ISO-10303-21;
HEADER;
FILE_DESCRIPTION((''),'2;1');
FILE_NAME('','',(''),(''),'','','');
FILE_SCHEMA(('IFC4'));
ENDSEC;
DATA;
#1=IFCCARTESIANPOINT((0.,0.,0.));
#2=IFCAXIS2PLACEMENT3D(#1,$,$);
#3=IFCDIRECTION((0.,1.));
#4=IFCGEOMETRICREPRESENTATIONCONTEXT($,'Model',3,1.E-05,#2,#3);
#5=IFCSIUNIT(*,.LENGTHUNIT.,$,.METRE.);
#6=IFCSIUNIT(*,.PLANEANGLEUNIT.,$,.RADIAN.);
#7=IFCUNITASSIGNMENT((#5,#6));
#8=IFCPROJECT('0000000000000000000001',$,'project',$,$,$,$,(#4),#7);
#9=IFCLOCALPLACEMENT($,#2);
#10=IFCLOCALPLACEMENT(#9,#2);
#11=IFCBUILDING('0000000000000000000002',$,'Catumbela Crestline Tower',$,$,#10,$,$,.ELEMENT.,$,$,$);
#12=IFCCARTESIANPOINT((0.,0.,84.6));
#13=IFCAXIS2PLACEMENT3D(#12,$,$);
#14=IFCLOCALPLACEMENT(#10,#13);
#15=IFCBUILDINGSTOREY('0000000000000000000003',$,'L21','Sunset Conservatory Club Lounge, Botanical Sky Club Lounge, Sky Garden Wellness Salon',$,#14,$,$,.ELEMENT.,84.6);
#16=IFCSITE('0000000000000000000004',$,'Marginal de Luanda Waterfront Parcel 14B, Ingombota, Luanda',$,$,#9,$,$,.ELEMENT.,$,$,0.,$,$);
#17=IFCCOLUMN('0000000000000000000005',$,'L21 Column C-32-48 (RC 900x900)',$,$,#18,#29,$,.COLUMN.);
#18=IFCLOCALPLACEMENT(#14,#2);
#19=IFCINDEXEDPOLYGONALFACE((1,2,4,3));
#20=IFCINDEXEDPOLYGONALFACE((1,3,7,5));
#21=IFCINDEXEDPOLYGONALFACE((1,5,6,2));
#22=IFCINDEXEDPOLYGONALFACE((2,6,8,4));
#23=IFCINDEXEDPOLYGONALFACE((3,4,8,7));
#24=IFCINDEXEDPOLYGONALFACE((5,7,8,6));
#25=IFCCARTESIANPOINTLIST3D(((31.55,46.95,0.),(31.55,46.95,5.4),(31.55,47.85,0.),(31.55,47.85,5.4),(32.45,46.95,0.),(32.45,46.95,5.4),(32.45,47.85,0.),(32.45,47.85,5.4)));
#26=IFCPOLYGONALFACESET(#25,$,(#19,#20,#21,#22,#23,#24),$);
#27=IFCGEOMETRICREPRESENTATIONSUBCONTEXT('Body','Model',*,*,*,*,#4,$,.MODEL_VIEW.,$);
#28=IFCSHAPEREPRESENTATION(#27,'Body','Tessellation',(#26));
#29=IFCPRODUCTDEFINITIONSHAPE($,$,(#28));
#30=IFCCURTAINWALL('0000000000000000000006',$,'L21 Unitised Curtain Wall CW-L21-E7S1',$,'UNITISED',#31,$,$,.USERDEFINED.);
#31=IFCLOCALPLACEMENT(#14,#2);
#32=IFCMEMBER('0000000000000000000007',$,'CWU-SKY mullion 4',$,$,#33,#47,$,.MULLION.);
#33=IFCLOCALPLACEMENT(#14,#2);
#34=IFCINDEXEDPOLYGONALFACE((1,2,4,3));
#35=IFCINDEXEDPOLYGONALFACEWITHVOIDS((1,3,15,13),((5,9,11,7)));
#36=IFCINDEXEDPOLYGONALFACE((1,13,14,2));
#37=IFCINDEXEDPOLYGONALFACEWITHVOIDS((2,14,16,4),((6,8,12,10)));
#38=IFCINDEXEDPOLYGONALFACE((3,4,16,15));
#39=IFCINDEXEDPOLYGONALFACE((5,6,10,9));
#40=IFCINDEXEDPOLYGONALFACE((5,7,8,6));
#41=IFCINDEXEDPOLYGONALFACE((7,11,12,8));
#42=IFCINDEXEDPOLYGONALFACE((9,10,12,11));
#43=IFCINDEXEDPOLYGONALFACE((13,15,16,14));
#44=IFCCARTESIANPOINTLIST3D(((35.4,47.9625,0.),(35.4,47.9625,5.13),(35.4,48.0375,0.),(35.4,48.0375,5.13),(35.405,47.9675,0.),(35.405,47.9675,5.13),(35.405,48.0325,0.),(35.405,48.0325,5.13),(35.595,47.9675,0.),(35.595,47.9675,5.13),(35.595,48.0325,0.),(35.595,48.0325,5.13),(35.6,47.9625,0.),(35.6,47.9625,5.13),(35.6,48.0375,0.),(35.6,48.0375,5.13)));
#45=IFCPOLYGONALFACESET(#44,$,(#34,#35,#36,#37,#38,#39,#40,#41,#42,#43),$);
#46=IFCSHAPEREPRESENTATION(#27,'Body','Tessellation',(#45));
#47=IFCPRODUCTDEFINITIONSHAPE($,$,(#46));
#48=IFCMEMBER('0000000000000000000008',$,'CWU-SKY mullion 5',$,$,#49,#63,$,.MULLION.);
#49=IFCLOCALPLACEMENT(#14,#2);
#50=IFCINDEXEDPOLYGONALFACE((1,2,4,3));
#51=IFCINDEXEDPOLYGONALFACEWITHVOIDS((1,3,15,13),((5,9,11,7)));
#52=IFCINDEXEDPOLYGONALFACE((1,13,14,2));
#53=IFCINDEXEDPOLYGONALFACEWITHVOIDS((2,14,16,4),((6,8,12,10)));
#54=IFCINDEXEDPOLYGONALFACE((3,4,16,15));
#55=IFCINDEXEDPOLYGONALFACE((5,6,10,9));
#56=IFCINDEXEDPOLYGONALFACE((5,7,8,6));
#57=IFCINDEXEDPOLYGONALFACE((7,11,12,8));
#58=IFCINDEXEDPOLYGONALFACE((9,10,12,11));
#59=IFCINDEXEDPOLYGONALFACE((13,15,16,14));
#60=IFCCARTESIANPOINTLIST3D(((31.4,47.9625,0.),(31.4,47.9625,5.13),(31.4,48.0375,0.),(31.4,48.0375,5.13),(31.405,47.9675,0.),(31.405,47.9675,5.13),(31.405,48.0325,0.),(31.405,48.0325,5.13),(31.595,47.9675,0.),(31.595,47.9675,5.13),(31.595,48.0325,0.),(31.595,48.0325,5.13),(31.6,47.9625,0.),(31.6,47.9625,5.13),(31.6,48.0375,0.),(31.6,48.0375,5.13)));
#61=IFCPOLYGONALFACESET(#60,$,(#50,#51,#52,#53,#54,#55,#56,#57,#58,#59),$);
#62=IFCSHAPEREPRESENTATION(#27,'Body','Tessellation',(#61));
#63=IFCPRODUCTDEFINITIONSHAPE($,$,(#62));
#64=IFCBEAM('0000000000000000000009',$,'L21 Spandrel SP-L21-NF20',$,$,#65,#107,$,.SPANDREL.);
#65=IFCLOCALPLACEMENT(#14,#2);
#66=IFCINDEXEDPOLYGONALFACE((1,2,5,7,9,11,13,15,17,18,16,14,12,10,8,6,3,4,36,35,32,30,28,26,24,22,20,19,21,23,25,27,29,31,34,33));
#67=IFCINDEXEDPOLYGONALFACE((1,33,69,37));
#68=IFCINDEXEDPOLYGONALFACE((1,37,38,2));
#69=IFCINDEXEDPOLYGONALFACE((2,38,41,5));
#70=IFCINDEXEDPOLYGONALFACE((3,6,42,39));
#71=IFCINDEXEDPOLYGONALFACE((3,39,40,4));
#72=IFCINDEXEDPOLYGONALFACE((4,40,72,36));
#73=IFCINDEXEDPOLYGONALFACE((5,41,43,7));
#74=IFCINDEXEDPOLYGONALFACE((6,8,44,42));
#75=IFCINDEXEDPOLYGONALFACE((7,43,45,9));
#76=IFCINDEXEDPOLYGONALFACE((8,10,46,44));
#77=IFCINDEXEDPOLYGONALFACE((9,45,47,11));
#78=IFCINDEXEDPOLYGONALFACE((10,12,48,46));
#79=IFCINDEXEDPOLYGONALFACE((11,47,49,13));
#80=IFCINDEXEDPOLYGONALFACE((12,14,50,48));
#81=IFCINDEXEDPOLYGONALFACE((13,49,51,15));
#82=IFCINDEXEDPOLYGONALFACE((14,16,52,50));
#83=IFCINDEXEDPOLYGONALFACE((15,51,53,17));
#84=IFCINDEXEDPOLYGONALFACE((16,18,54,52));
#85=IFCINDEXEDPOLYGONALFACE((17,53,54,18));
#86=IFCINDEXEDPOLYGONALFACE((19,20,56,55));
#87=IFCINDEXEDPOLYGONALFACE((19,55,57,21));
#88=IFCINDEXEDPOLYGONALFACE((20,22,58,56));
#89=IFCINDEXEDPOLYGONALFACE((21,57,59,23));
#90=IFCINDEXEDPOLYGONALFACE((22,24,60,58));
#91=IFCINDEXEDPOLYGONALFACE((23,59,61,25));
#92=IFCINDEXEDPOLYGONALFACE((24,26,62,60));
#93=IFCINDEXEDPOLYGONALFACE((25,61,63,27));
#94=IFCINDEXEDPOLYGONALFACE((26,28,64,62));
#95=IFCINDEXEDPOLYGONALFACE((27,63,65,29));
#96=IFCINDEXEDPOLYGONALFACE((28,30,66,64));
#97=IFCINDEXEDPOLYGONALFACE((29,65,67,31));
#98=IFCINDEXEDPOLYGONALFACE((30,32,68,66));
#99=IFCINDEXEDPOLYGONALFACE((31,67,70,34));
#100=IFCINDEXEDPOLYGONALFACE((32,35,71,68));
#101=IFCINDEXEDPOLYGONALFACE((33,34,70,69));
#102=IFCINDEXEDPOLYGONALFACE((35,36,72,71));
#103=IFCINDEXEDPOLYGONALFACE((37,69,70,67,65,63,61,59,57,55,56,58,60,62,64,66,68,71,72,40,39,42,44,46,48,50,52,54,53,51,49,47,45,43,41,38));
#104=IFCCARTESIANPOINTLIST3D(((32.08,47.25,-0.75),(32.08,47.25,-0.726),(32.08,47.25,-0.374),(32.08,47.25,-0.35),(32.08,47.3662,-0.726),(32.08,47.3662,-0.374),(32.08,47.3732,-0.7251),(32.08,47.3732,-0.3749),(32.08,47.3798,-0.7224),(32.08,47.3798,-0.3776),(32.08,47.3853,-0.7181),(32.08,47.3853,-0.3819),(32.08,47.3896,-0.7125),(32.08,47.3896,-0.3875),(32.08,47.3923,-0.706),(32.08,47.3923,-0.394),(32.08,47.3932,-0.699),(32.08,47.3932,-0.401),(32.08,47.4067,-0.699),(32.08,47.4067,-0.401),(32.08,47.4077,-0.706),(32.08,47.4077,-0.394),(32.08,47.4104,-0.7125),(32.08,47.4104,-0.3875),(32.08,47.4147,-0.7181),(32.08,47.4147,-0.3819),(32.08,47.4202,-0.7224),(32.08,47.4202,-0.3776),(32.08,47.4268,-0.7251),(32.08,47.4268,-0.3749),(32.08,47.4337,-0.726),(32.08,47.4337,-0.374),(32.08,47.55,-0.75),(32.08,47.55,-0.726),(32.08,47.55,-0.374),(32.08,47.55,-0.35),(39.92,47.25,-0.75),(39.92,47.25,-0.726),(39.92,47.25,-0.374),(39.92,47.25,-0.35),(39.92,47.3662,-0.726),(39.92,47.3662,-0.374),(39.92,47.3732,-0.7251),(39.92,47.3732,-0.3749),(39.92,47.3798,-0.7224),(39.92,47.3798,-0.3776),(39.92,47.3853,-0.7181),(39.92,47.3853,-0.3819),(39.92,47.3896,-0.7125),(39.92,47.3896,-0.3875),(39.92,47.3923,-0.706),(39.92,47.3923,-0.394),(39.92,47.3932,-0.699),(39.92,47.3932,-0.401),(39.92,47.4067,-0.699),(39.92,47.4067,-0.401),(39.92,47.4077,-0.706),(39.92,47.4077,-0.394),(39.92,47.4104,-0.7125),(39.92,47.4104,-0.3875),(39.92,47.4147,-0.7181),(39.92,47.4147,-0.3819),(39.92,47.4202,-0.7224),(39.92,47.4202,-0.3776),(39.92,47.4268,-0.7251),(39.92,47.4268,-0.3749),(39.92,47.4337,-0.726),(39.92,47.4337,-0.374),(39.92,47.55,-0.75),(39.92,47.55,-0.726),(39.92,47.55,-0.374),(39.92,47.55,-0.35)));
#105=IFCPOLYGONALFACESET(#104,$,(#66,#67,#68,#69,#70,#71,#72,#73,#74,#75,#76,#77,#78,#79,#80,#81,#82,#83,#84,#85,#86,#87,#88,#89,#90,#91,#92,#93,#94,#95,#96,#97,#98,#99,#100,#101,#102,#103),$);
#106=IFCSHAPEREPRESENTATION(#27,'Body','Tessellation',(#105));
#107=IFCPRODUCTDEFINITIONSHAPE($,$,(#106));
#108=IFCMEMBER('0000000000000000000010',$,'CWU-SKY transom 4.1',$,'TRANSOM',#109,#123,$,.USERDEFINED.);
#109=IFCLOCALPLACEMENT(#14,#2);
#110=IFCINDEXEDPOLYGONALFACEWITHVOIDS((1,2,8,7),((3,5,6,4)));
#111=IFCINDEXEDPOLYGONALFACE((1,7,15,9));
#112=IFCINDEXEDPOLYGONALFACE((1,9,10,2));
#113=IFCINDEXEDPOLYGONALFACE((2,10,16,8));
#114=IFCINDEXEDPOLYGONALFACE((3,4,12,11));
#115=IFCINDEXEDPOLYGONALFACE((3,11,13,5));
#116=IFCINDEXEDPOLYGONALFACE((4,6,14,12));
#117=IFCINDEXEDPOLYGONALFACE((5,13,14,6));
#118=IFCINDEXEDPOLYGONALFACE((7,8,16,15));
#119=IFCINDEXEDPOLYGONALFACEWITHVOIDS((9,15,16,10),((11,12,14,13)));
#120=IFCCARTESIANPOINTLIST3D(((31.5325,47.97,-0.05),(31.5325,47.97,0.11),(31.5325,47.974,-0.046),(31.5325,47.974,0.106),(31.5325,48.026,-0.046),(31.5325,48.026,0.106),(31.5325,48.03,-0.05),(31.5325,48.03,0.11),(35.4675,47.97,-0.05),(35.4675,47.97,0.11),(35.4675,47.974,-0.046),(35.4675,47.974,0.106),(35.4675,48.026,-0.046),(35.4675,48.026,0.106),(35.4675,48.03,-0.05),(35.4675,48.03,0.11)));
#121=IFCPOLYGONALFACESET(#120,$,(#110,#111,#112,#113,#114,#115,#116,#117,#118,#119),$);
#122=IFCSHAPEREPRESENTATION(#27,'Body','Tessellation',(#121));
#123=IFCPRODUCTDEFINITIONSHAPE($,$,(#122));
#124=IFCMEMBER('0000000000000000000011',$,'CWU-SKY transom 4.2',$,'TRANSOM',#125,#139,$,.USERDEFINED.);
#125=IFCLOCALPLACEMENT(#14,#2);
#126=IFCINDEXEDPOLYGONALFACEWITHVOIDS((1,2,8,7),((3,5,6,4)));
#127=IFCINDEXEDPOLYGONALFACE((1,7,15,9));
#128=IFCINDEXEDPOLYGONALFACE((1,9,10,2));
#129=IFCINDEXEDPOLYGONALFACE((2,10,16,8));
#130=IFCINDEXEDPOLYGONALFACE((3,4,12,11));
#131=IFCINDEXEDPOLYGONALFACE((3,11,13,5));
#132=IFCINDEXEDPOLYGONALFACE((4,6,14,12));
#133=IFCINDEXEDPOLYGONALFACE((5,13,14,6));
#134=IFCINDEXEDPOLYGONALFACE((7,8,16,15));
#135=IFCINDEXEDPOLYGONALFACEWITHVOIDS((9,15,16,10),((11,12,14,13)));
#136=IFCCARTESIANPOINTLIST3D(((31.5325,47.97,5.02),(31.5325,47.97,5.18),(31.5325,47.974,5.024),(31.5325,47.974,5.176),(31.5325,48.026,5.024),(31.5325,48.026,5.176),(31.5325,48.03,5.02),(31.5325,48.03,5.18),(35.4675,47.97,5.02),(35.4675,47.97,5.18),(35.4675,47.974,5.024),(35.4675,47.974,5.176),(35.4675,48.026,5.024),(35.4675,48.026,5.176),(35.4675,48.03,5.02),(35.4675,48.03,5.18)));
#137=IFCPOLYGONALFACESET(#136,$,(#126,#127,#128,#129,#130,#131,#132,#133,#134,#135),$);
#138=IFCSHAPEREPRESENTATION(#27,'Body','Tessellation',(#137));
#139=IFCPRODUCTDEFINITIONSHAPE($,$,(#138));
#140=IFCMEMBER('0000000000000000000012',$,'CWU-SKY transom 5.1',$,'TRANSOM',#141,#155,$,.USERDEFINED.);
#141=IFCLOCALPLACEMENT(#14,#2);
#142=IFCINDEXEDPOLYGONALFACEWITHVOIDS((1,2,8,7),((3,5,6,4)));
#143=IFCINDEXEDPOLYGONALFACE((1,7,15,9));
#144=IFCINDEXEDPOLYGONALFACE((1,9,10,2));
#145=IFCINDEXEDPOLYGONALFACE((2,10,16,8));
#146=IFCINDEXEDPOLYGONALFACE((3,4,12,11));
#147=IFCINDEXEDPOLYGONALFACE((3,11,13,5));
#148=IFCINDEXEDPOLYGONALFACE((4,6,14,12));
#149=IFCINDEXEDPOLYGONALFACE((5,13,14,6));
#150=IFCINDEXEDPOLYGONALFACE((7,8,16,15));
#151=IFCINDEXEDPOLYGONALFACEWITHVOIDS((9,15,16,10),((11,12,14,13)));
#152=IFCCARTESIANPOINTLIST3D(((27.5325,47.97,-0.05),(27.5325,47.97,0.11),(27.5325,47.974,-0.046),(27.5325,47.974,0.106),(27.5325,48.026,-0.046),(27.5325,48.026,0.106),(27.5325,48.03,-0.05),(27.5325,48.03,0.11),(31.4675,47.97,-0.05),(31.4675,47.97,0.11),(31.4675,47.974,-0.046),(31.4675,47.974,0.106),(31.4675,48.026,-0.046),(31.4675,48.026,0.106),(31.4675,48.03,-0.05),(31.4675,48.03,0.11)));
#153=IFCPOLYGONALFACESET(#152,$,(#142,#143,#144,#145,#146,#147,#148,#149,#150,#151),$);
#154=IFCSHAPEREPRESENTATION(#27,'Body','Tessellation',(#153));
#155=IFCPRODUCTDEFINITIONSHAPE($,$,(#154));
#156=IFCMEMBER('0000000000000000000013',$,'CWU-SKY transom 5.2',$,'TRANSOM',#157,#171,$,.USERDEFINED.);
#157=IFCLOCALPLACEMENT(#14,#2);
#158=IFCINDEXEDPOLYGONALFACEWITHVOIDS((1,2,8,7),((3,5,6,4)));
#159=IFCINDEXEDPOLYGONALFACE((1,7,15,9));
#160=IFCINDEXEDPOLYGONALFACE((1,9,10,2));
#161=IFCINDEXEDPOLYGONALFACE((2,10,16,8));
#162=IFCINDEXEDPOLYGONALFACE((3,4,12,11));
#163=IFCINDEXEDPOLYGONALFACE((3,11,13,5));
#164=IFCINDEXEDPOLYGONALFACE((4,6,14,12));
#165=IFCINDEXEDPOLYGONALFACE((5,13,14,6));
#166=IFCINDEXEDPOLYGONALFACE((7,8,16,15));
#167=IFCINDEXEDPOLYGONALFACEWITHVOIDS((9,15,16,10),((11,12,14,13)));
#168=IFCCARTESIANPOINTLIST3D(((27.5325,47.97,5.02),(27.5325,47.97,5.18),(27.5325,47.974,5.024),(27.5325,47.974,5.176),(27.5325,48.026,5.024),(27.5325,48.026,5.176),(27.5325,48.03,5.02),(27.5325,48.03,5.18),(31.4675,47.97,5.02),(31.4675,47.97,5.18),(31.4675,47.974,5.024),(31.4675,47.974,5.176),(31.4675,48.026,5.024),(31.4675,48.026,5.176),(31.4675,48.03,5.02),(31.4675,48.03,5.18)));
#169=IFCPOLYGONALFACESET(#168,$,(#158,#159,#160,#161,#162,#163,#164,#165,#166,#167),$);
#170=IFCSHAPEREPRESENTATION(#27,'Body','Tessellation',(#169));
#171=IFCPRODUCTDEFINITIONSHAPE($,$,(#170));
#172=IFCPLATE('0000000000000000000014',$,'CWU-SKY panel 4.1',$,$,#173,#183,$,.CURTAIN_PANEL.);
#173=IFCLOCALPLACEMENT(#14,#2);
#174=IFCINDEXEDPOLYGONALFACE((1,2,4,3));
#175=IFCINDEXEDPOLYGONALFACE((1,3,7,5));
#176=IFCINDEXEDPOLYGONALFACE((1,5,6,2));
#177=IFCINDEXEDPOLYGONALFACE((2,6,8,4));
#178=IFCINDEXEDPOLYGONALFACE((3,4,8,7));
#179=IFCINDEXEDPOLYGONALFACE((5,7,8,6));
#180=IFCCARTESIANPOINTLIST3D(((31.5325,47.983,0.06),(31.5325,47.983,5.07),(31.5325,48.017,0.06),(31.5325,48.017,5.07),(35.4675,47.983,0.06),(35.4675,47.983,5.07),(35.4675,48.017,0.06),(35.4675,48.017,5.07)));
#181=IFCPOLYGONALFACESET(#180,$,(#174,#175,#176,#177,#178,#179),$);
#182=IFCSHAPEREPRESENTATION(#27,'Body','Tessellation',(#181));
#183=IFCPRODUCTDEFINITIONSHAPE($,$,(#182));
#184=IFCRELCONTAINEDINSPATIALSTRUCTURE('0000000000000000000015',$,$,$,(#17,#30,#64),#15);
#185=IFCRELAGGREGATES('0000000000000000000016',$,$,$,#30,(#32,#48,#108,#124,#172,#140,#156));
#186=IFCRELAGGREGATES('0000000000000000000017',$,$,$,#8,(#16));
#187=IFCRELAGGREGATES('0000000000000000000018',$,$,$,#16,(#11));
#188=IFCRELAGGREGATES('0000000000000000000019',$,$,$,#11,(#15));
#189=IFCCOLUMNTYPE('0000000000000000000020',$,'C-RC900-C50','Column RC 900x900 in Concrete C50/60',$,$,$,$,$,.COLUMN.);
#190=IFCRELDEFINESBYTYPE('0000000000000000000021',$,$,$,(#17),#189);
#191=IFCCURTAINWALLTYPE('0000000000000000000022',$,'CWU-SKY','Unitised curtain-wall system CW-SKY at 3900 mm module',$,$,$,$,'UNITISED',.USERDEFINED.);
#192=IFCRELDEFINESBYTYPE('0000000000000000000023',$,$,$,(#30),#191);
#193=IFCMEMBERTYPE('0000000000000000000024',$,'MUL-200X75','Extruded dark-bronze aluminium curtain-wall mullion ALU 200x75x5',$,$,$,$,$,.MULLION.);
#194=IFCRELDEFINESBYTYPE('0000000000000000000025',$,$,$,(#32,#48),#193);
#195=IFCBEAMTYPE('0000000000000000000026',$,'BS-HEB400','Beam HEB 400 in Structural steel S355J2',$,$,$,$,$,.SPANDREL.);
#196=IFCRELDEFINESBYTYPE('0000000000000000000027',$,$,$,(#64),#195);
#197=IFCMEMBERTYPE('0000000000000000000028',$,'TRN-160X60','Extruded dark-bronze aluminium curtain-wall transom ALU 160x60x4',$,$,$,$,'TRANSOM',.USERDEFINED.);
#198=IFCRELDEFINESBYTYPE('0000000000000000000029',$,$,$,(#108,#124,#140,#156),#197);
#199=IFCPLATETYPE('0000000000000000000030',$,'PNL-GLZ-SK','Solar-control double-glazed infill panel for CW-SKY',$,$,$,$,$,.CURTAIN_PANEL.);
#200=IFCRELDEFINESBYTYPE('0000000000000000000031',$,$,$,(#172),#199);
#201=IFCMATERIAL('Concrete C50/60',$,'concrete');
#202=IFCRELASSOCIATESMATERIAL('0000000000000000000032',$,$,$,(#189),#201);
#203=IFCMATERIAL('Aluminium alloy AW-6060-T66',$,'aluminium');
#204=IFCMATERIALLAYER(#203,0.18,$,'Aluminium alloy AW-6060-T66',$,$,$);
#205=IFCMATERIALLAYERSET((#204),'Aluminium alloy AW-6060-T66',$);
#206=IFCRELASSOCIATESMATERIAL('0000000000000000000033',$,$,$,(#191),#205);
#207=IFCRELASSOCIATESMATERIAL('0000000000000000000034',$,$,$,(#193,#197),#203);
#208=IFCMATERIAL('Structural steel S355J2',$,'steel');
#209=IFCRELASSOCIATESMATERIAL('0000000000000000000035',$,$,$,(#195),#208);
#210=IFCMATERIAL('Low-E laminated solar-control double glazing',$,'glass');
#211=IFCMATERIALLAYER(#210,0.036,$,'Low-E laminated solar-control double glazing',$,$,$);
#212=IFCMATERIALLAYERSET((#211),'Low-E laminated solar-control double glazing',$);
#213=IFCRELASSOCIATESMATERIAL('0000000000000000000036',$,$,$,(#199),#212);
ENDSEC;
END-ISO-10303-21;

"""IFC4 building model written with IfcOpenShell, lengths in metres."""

from ifc_helpers import new_model, si_unit, direction, frame, origin, origin_2d, place, context, subcontext, project, spatial, rectangle, hollow_rectangle, i_section, extrude, material, layer, layer_set, material_profile, profile_set, type_object, element, aggregate, save


model = new_model("IFC4")

# Units and contexts
model_context = context("Model", 3, precision=1e-05, world=origin(), true_north=direction((0.0, 1.0)))
body_context = subcontext(model_context, "Body", "Model", "MODEL_VIEW")
ifc_project = project(units=[si_unit("LENGTHUNIT", "METRE"), si_unit("PLANEANGLEUNIT", "RADIAN")], contexts=[model_context])

# Site, building, storey
site_placement = place(None, origin())
site = spatial("IfcSite", under=ifc_project, at=site_placement, Name="Marginal de Luanda Waterfront Parcel 14B, Ingombota, Luanda", CompositionType="ELEMENT", RefElevation=0.0)
building_placement = place(site_placement, origin())
building = spatial("IfcBuilding", under=site, at=building_placement, Name="Catumbela Crestline Tower", CompositionType="ELEMENT")
storey_placement = place(building_placement, frame((0.0, 0.0, 84.6)))
storey = spatial("IfcBuildingStorey", under=building, at=storey_placement, Name="L21", Description="Sunset Conservatory Club Lounge, Botanical Sky Club Lounge, Sky Garden Wellness Salon", CompositionType="ELEMENT", Elevation=84.6)

# Column
ifc_material_1 = material(Name="Concrete C50/60", Category="concrete")
ifc_material_profile_1 = material_profile(ifc_material_1, rectangle(XDim=0.9, YDim=0.9, at=origin_2d()), Name="RC 900x900")
ifc_profile_set_1 = profile_set([ifc_material_profile_1], Name="Concrete C50/60")
column_type = type_object("IfcColumnType", Name="C-RC900-C50", Description="Column RC 900x900 in Concrete C50/60", PredefinedType="COLUMN", material=ifc_profile_set_1)
column_placement = place(storey_placement, frame((32.0, 47.4, 0.0), z_axis=(0.0, 0.0, 1.0), x_axis=(1.0, 0.0, 0.0)))
element("IfcColumn", 1, at=column_placement, inside=storey, type_object=column_type, Name="L21 Column C-32-48 (RC 900x900)", PredefinedType="COLUMN", context=body_context, shape_type="SweptSolid", body=[
    extrude(rectangle(XDim=0.9, YDim=0.9, at=origin_2d()), origin(), (0.0, 0.0, 1.0), 5.4),
])

# Curtain wall, members
ifc_material_2 = material(Name="Aluminium alloy AW-6060-T66", Category="aluminium")
ifc_layer_1 = layer(ifc_material_2, 0.18, Name="Aluminium alloy AW-6060-T66")
ifc_layer_set_1 = layer_set([ifc_layer_1], Name="Aluminium alloy AW-6060-T66")
curtain_wall_type = type_object("IfcCurtainWallType", Name="CWU-SKY", Description="Unitised curtain-wall system CW-SKY at 3900 mm module", ElementType="UNITISED", PredefinedType="USERDEFINED", material=ifc_layer_set_1)
curtain_wall_placement = place(storey_placement, origin())
curtain_wall = element("IfcCurtainWall", 2, at=curtain_wall_placement, inside=storey, type_object=curtain_wall_type, Name="L21 Unitised Curtain Wall CW-L21-E7S1", ObjectType="UNITISED", PredefinedType="USERDEFINED")
ifc_material_profile_2 = material_profile(ifc_material_2, hollow_rectangle(XDim=0.075, YDim=0.2, WallThickness=0.005, at=origin_2d()), Name="ALU 200x75x5")
ifc_profile_set_2 = profile_set([ifc_material_profile_2], Name="Aluminium alloy AW-6060-T66")
member_type_1 = type_object("IfcMemberType", Name="MUL-200X75", Description="Extruded dark-bronze aluminium curtain-wall mullion ALU 200x75x5", PredefinedType="MULLION", material=ifc_profile_set_2)
member_1_placement = place(storey_placement, frame((35.5, 48.0, 0.0), z_axis=(0.0, 0.0, 1.0), x_axis=(0.0, -1.0, 0.0)))
member_1 = element("IfcMember", 3, at=member_1_placement, type_object=member_type_1, Name="CWU-SKY mullion 4", PredefinedType="MULLION", context=body_context, shape_type="SweptSolid", body=[
    extrude(hollow_rectangle(XDim=0.075, YDim=0.2, WallThickness=0.005, at=origin_2d()), origin(), (0.0, 0.0, 1.0), 5.13),
])
member_2_placement = place(storey_placement, frame((31.5, 48.0, 0.0), z_axis=(0.0, 0.0, 1.0), x_axis=(0.0, -1.0, 0.0)))
member_2 = element("IfcMember", 4, at=member_2_placement, type_object=member_type_1, Name="CWU-SKY mullion 5", PredefinedType="MULLION", context=body_context, shape_type="SweptSolid", body=[
    extrude(hollow_rectangle(XDim=0.075, YDim=0.2, WallThickness=0.005, at=origin_2d()), origin(), (0.0, 0.0, 1.0), 5.13),
])

# Beam
ifc_material_3 = material(Name="Structural steel S355J2", Category="steel")
ifc_material_profile_3 = material_profile(ifc_material_3, i_section(OverallWidth=0.3, OverallDepth=0.4, WebThickness=0.0135, FlangeThickness=0.024, FilletRadius=0.027, at=origin_2d()), Name="HEB 400")
ifc_profile_set_3 = profile_set([ifc_material_profile_3], Name="Structural steel S355J2")
beam_type = type_object("IfcBeamType", Name="BS-HEB400", Description="Beam HEB 400 in Structural steel S355J2", PredefinedType="SPANDREL", material=ifc_profile_set_3)
beam_placement = place(storey_placement, frame((32.08, 47.4, -0.55), z_axis=(1.0, 0.0, 0.0), x_axis=(0.0, 1.0, 0.0)))
element("IfcBeam", 5, at=beam_placement, inside=storey, type_object=beam_type, Name="L21 Spandrel SP-L21-NF20", PredefinedType="SPANDREL", context=body_context, shape_type="SweptSolid", body=[
    extrude(i_section(OverallWidth=0.3, OverallDepth=0.4, WebThickness=0.0135, FlangeThickness=0.024, FilletRadius=0.027, at=origin_2d()), origin(), (0.0, 0.0, 1.0), 7.84),
])

# Members
ifc_material_profile_4 = material_profile(ifc_material_2, hollow_rectangle(XDim=0.06, YDim=0.16, WallThickness=0.004, at=origin_2d()), Name="ALU 160x60x4")
ifc_profile_set_4 = profile_set([ifc_material_profile_4], Name="Aluminium alloy AW-6060-T66")
member_type_2 = type_object("IfcMemberType", Name="TRN-160X60", Description="Extruded dark-bronze aluminium curtain-wall transom ALU 160x60x4", ElementType="TRANSOM", PredefinedType="USERDEFINED", material=ifc_profile_set_4)
member_3_placement = place(storey_placement, frame((35.4675, 48.0, 0.03), z_axis=(-1.0, 0.0, 0.0), x_axis=(0.0, -1.0, 0.0)))
member_3 = element("IfcMember", 6, at=member_3_placement, type_object=member_type_2, Name="CWU-SKY transom 4.1", ObjectType="TRANSOM", PredefinedType="USERDEFINED", context=body_context, shape_type="SweptSolid", body=[
    extrude(hollow_rectangle(XDim=0.06, YDim=0.16, WallThickness=0.004, at=origin_2d()), origin(), (0.0, 0.0, 1.0), 3.935),
])
member_4_placement = place(storey_placement, frame((35.4675, 48.0, 5.1), z_axis=(-1.0, 0.0, 0.0), x_axis=(0.0, -1.0, 0.0)))
member_4 = element("IfcMember", 7, at=member_4_placement, type_object=member_type_2, Name="CWU-SKY transom 4.2", ObjectType="TRANSOM", PredefinedType="USERDEFINED", context=body_context, shape_type="SweptSolid", body=[
    extrude(hollow_rectangle(XDim=0.06, YDim=0.16, WallThickness=0.004, at=origin_2d()), origin(), (0.0, 0.0, 1.0), 3.935),
])
member_5_placement = place(storey_placement, frame((31.4675, 48.0, 0.03), z_axis=(-1.0, 0.0, 0.0), x_axis=(0.0, -1.0, 0.0)))
member_5 = element("IfcMember", 8, at=member_5_placement, type_object=member_type_2, Name="CWU-SKY transom 5.1", ObjectType="TRANSOM", PredefinedType="USERDEFINED", context=body_context, shape_type="SweptSolid", body=[
    extrude(hollow_rectangle(XDim=0.06, YDim=0.16, WallThickness=0.004, at=origin_2d()), origin(), (0.0, 0.0, 1.0), 3.935),
])
member_6_placement = place(storey_placement, frame((31.4675, 48.0, 5.1), z_axis=(-1.0, 0.0, 0.0), x_axis=(0.0, -1.0, 0.0)))
member_6 = element("IfcMember", 9, at=member_6_placement, type_object=member_type_2, Name="CWU-SKY transom 5.2", ObjectType="TRANSOM", PredefinedType="USERDEFINED", context=body_context, shape_type="SweptSolid", body=[
    extrude(hollow_rectangle(XDim=0.06, YDim=0.16, WallThickness=0.004, at=origin_2d()), origin(), (0.0, 0.0, 1.0), 3.935),
])

# Plate
ifc_material_4 = material(Name="Low-E laminated solar-control double glazing", Category="glass")
ifc_layer_2 = layer(ifc_material_4, 0.036, Name="Low-E laminated solar-control double glazing")
ifc_layer_set_2 = layer_set([ifc_layer_2], Name="Low-E laminated solar-control double glazing")
plate_type = type_object("IfcPlateType", Name="PNL-GLZ-SK", Description="Solar-control double-glazed infill panel for CW-SKY", PredefinedType="CURTAIN_PANEL", material=ifc_layer_set_2)
plate_1_placement = place(storey_placement, frame((33.5, 48.0, 0.06), z_axis=(0.0, 0.0, 1.0), x_axis=(-1.0, 0.0, 0.0)))
plate_1 = element("IfcPlate", 10, at=plate_1_placement, type_object=plate_type, Name="CWU-SKY panel 4.1", PredefinedType="CURTAIN_PANEL", context=body_context, shape_type="SweptSolid", body=[
    extrude(rectangle(XDim=3.935, YDim=0.034, at=origin_2d()), origin(), (0.0, 0.0, 1.0), 5.01),
])
aggregate(curtain_wall, [member_1, member_2, member_3, member_4, plate_1, member_5, member_6])

save(model, "model.ifc")
